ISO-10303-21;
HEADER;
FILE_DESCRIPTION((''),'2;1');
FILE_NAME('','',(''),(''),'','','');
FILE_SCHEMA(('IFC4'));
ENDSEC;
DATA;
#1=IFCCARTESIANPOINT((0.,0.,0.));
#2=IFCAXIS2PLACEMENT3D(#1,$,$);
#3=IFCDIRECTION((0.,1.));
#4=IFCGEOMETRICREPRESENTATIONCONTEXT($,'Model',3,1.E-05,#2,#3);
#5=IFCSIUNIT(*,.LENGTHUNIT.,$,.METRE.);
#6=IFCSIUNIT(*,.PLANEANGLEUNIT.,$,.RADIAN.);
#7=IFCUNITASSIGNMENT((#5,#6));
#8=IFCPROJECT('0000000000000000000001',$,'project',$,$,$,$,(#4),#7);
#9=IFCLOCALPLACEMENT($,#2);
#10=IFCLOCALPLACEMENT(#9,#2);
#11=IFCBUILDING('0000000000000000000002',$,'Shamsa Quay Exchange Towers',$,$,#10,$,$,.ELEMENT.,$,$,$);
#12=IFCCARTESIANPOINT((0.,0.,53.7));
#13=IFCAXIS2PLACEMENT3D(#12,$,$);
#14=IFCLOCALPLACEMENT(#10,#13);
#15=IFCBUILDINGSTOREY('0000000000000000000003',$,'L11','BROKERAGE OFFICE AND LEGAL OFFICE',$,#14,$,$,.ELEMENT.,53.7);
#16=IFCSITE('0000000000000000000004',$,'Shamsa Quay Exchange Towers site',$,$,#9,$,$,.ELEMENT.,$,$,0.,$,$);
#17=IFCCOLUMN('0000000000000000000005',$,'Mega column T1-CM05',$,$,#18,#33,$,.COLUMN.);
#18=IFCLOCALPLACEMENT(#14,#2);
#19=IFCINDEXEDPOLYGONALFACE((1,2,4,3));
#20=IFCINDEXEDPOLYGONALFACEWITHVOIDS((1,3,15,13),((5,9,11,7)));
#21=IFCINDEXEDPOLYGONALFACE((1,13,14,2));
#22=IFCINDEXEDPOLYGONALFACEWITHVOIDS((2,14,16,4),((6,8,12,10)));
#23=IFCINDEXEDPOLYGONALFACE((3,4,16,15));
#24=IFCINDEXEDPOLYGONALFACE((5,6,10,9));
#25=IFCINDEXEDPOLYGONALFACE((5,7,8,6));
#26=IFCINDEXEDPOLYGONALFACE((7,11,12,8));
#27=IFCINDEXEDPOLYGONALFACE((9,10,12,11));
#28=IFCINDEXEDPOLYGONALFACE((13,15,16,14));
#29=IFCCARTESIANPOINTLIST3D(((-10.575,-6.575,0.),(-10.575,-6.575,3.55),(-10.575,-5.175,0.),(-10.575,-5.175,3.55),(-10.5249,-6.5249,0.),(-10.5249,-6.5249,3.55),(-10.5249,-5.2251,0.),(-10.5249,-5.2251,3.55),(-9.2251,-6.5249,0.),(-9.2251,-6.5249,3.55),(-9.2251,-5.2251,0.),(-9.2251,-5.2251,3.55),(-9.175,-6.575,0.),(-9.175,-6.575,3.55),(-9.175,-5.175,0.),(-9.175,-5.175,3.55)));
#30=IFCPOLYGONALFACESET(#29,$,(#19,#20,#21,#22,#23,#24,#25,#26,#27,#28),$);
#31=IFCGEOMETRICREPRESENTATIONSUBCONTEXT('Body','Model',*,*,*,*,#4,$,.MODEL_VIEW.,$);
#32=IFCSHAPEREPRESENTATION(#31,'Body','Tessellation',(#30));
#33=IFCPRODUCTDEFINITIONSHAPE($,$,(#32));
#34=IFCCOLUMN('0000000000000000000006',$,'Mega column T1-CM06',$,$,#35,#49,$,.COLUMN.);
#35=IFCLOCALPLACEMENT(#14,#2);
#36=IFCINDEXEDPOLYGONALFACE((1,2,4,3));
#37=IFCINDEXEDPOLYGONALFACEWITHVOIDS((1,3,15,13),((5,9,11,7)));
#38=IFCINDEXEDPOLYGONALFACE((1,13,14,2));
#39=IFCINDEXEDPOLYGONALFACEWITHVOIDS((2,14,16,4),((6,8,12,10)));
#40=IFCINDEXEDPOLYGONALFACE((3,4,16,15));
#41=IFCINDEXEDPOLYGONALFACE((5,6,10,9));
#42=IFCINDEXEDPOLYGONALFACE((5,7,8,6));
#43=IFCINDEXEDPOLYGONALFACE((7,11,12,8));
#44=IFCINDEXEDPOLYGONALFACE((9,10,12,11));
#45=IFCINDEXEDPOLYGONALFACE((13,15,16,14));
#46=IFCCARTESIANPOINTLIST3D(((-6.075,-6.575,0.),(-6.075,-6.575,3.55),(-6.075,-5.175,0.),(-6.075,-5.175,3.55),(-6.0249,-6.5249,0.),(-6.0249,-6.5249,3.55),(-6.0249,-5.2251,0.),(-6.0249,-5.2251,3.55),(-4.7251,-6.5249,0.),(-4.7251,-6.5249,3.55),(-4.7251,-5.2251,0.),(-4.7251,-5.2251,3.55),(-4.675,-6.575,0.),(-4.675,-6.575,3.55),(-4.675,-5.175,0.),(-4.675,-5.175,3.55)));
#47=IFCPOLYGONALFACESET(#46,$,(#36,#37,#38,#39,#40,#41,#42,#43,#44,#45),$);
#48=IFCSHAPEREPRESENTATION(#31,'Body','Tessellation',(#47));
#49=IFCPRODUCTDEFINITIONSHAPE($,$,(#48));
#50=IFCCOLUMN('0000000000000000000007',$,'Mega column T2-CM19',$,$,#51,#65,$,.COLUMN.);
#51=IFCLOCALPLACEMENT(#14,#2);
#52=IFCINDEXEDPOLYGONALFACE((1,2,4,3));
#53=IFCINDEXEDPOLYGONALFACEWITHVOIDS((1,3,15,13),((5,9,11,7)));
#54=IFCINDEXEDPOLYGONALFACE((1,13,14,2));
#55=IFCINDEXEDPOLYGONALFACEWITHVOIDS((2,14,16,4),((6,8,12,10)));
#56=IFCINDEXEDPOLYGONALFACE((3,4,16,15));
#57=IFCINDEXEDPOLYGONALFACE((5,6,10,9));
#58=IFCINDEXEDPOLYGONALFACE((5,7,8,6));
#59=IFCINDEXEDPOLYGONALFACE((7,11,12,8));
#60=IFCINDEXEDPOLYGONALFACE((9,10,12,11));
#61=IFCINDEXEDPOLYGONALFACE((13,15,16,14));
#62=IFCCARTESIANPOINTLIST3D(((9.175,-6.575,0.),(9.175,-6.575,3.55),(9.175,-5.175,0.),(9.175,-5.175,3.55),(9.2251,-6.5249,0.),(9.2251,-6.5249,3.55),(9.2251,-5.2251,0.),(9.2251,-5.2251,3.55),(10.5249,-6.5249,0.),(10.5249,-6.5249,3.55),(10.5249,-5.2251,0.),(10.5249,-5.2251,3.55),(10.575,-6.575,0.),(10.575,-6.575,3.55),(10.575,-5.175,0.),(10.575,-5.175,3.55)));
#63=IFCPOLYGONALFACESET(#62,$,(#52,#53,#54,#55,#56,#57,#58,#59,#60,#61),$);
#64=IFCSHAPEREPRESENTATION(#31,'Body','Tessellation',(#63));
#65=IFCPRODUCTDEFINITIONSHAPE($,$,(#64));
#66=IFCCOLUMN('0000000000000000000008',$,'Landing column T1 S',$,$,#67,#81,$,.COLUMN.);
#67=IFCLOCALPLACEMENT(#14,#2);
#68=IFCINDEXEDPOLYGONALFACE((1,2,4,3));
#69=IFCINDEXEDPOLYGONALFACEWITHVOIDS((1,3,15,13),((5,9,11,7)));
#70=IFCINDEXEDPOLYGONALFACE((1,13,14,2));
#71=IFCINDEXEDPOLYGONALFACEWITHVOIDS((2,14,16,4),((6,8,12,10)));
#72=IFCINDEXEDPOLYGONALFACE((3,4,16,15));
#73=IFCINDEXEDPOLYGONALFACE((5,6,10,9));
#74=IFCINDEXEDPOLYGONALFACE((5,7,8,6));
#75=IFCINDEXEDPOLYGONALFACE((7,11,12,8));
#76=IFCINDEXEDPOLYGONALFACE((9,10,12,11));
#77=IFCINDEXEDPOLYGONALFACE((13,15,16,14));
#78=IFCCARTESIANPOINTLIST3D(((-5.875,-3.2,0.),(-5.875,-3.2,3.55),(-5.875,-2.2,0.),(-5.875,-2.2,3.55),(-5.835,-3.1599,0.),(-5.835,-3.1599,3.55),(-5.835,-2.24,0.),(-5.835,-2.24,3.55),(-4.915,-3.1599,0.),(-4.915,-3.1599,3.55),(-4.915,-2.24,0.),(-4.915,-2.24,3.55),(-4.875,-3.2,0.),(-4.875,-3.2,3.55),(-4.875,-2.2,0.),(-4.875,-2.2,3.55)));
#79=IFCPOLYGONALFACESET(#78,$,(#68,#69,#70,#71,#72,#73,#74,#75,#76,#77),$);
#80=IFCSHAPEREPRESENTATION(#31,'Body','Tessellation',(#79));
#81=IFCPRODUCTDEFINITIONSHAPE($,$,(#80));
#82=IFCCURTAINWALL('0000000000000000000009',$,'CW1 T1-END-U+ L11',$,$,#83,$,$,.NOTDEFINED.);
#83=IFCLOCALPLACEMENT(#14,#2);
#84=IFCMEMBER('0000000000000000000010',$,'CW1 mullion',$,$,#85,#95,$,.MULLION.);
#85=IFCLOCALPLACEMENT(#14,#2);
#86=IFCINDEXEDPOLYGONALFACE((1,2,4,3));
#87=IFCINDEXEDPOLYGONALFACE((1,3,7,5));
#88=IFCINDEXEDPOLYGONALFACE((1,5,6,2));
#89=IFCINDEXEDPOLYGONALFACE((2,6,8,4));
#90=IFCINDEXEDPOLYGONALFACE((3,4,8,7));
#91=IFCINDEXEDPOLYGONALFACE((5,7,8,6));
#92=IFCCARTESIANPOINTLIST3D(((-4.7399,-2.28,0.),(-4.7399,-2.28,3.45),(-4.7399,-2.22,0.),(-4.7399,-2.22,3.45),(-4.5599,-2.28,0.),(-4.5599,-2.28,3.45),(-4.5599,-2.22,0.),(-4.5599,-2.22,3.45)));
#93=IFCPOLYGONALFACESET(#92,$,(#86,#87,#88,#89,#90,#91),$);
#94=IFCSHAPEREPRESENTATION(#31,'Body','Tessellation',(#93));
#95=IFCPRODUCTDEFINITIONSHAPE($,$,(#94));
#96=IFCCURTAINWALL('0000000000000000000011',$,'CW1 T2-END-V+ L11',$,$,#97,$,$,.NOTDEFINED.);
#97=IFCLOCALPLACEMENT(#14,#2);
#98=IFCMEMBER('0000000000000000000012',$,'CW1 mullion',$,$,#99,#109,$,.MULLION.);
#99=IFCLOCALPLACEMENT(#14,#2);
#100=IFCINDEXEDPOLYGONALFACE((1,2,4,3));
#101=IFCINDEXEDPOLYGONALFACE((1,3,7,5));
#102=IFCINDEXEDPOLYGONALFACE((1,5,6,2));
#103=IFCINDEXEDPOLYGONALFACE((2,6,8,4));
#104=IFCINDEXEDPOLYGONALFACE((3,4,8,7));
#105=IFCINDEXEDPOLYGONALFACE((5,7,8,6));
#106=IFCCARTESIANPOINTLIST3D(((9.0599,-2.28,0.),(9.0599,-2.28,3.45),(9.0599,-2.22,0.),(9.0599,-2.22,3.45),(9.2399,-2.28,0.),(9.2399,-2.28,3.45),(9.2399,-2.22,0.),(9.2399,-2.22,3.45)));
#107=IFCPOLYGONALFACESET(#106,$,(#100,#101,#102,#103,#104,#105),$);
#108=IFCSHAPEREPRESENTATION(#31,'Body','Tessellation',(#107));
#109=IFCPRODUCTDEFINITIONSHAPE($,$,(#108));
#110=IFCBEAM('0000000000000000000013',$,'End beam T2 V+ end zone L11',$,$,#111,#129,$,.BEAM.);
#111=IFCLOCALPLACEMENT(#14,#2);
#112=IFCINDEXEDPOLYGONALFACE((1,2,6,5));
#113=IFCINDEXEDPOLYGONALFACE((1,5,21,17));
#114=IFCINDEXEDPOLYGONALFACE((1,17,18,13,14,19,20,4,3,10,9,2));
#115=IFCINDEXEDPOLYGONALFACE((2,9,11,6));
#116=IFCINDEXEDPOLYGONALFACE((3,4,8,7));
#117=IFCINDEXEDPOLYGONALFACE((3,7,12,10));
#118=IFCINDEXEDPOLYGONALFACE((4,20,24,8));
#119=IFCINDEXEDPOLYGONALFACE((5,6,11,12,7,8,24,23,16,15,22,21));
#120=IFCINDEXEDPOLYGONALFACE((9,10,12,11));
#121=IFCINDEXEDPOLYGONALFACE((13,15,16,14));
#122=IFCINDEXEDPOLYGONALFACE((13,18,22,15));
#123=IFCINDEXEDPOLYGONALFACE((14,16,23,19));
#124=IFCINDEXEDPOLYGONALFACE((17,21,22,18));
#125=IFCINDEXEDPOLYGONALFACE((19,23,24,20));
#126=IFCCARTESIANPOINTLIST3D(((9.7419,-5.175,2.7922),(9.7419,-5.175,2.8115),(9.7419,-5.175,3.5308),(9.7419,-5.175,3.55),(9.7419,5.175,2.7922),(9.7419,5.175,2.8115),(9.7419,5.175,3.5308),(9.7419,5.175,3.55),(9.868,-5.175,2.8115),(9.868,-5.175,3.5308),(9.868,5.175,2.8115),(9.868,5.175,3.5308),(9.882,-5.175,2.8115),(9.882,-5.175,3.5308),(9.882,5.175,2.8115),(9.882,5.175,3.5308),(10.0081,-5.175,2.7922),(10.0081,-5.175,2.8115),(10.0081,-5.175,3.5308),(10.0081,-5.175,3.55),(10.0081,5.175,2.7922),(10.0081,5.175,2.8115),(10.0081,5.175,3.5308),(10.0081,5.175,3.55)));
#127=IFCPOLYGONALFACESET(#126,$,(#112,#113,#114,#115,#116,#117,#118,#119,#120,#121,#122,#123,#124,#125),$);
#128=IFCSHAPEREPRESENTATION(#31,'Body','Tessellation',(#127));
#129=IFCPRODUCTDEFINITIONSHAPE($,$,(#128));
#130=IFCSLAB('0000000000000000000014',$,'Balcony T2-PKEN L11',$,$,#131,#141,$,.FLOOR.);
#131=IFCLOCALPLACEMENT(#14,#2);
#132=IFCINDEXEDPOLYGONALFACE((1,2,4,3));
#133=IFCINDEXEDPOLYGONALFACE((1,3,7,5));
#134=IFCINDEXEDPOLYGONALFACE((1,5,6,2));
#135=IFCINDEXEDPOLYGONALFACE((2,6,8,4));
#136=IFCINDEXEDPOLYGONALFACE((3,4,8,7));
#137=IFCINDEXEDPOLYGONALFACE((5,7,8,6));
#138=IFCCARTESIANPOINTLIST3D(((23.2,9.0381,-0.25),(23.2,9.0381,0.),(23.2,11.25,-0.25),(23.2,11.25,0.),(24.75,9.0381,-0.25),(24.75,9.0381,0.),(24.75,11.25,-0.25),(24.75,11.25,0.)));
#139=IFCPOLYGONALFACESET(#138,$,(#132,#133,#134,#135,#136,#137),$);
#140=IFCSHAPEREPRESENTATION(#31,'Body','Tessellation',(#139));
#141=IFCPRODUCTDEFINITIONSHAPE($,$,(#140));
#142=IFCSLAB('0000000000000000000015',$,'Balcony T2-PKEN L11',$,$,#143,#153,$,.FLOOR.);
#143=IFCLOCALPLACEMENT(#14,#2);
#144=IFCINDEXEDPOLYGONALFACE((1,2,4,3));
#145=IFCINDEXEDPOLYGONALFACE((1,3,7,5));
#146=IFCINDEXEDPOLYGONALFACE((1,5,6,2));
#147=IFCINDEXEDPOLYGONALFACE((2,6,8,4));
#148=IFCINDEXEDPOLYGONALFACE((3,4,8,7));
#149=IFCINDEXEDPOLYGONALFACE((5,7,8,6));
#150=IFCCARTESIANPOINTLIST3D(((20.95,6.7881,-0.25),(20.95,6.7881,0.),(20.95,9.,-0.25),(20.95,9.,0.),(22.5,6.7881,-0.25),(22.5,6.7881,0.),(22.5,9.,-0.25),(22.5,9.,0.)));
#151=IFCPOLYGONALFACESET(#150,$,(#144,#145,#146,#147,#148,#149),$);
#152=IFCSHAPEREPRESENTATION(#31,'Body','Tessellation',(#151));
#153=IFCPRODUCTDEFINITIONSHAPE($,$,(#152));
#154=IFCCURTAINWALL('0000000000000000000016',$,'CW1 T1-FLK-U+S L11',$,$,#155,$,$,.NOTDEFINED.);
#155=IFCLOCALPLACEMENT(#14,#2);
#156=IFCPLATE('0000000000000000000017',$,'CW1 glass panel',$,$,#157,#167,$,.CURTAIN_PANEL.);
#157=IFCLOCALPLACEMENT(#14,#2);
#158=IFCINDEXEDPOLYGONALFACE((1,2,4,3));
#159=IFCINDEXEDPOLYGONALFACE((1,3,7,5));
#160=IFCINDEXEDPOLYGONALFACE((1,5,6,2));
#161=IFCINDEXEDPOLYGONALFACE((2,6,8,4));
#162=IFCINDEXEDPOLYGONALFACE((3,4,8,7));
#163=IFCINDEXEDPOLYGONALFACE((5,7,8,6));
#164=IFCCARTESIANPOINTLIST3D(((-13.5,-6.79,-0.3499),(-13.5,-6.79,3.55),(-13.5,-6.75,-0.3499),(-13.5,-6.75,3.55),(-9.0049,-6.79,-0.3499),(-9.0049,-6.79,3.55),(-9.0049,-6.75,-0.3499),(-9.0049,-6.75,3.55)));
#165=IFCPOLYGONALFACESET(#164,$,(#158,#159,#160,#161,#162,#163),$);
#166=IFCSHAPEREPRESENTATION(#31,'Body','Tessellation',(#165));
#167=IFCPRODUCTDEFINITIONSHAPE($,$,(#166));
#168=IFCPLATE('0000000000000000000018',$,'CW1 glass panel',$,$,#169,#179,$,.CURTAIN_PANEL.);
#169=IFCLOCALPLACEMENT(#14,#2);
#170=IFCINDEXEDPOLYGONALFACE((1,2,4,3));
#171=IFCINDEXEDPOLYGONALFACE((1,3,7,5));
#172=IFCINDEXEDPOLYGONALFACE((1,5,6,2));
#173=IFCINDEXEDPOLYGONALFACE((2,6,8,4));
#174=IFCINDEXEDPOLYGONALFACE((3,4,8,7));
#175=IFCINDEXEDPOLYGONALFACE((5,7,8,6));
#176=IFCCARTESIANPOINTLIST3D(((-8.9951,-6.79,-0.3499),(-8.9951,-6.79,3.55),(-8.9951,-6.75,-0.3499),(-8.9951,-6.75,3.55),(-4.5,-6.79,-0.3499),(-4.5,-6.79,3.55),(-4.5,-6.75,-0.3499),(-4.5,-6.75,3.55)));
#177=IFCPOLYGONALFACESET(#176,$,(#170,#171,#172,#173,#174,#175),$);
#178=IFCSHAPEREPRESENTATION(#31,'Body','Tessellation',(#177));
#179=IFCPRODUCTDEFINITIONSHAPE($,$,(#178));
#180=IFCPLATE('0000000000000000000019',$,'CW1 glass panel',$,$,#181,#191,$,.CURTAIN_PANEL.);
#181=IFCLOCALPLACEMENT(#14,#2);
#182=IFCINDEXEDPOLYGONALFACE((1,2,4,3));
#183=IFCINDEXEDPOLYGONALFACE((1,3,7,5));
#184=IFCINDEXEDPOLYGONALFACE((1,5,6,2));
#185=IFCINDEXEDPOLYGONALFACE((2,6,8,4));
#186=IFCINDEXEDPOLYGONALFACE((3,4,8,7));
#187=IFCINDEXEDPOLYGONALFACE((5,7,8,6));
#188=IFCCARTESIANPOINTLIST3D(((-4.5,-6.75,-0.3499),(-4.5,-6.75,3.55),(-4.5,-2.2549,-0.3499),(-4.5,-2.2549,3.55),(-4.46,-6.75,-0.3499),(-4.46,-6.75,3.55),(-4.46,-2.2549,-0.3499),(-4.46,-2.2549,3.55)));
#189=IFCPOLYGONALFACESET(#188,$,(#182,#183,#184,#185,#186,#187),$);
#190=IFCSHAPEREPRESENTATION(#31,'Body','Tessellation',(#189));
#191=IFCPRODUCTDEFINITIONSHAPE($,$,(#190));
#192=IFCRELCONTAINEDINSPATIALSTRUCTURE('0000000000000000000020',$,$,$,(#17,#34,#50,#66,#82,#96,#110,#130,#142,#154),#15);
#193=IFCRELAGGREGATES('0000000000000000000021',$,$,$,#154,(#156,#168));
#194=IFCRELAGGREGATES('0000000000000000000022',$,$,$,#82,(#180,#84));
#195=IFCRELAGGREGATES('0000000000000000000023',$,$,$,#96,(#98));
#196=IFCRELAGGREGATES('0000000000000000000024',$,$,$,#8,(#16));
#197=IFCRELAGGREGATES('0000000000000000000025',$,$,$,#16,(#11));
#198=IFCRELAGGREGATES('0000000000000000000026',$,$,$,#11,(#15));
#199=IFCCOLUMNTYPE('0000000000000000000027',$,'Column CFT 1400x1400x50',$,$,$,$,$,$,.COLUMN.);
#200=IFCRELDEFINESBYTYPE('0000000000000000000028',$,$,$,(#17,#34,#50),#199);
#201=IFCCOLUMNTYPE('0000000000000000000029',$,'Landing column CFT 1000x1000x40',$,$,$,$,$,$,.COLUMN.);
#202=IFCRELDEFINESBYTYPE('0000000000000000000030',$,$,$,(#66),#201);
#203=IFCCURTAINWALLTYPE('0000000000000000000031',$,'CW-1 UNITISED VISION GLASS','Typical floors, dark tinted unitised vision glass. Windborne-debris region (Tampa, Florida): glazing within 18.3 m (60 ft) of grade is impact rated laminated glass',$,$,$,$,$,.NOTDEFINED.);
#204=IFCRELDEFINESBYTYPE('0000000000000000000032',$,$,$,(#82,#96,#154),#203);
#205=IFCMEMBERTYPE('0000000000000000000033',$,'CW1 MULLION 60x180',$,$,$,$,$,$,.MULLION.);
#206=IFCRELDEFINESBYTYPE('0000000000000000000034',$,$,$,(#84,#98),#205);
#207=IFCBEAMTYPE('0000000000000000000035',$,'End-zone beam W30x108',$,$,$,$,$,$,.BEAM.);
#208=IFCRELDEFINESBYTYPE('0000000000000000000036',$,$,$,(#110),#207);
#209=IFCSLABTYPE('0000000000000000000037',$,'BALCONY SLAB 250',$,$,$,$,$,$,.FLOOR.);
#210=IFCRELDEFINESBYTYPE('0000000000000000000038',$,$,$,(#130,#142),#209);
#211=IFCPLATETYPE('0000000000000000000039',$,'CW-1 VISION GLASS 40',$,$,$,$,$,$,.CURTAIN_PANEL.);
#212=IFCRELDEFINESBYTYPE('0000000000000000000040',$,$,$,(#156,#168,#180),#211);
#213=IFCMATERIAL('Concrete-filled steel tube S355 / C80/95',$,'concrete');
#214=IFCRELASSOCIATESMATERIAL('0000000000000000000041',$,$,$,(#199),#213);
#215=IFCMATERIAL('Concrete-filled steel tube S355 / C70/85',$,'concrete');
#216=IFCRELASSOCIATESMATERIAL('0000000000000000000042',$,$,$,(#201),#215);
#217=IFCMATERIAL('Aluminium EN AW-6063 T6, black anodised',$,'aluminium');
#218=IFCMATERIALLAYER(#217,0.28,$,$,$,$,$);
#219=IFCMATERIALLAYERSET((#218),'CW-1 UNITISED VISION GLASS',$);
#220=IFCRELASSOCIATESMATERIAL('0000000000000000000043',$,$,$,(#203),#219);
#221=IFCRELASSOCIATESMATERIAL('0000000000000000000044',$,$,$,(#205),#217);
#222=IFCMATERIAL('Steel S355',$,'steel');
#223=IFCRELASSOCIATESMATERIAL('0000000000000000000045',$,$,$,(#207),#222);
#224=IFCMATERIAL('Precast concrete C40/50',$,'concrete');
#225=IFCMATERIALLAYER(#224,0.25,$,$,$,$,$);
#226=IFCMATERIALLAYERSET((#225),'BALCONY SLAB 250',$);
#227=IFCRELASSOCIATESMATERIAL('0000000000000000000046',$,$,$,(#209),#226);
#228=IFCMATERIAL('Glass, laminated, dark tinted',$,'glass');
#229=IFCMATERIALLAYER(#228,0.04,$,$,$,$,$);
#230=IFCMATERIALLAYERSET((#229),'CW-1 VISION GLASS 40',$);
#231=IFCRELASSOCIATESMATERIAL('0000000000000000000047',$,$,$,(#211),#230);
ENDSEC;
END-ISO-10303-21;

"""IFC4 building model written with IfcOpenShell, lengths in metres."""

from ifc_helpers import new_model, si_unit, direction, frame, origin, origin_2d, place, context, subcontext, project, spatial, polyline, rectangle, hollow_rectangle, i_section, outline, extrude, material, layer, layer_set, material_profile, profile_set, type_object, element, aggregate, save


model = new_model("IFC4")

# Units and contexts
model_context = context("Model", 3, precision=1e-05, world=origin(), true_north=direction((0.0, 1.0)))
body_context = subcontext(model_context, "Body", "Model", "MODEL_VIEW")
ifc_project = project(units=[si_unit("LENGTHUNIT", "METRE"), si_unit("PLANEANGLEUNIT", "RADIAN")], contexts=[model_context])

# Site, building, storey
site_placement = place(None, origin())
site = spatial("IfcSite", under=ifc_project, at=site_placement, Name="Shamsa Quay Exchange Towers site", CompositionType="ELEMENT", RefElevation=0.0)
building_placement = place(site_placement, origin())
building = spatial("IfcBuilding", under=site, at=building_placement, Name="Shamsa Quay Exchange Towers", CompositionType="ELEMENT")
storey_placement = place(building_placement, frame((0.0, 0.0, 53.7)))
storey = spatial("IfcBuildingStorey", under=building, at=storey_placement, Name="L11", Description="BROKERAGE OFFICE AND LEGAL OFFICE", CompositionType="ELEMENT", Elevation=53.7)

# Columns
ifc_material_1 = material(Name="Concrete-filled steel tube S355 / C80/95", Category="concrete")
ifc_material_profile_1 = material_profile(ifc_material_1, hollow_rectangle(XDim=1.3999, YDim=1.3999, WallThickness=0.05, at=origin_2d()), Name="CFT 1400x1400x50")
ifc_profile_set_1 = profile_set([ifc_material_profile_1], Name="Concrete-filled steel tube S355 / C80/95")
column_type_1 = type_object("IfcColumnType", Name="Column CFT 1400x1400x50", PredefinedType="COLUMN", material=ifc_profile_set_1)
for number, where, name in (
    (1, (-9.875, -5.875, 0.0), "Mega column T1-CM05"),
    (2, (-5.375, -5.875, 0.0), "Mega column T1-CM06"),
    (3, (9.875, -5.875, 0.0), "Mega column T2-CM19"),
):
    element("IfcColumn", number, at=place(storey_placement, frame(where)), inside=storey, type_object=column_type_1, Name=name, PredefinedType="COLUMN", context=body_context, shape_type="SweptSolid", body=[
        extrude(hollow_rectangle(XDim=1.3999, YDim=1.3999, WallThickness=0.05, at=origin_2d()), origin(), (0.0, 0.0, 1.0), 3.55),
    ])
ifc_material_2 = material(Name="Concrete-filled steel tube S355 / C70/85", Category="concrete")
ifc_material_profile_2 = material_profile(ifc_material_2, hollow_rectangle(XDim=1.0, YDim=1.0, WallThickness=0.04, at=origin_2d()), Name="CFT 1000x1000x40")
ifc_profile_set_2 = profile_set([ifc_material_profile_2], Name="Concrete-filled steel tube S355 / C70/85")
column_type_2 = type_object("IfcColumnType", Name="Landing column CFT 1000x1000x40", PredefinedType="COLUMN", material=ifc_profile_set_2)
column_placement = place(storey_placement, frame((-5.375, -2.7, 0.0)))
element("IfcColumn", 4, at=column_placement, inside=storey, type_object=column_type_2, Name="Landing column T1 S", PredefinedType="COLUMN", context=body_context, shape_type="SweptSolid", body=[
    extrude(hollow_rectangle(XDim=1.0, YDim=1.0, WallThickness=0.04, at=origin_2d()), origin(), (0.0, 0.0, 1.0), 3.55),
])

# Curtain walls, members
ifc_material_3 = material(Name="Aluminium EN AW-6063 T6, black anodised", Category="aluminium")
ifc_layer_1 = layer(ifc_material_3, 0.28)
ifc_layer_set_1 = layer_set([ifc_layer_1], Name="CW-1 UNITISED VISION GLASS")
curtain_wall_type_1 = type_object("IfcCurtainWallType", Name="CW-1 UNITISED VISION GLASS", Description="Typical floors, dark tinted unitised vision glass. Windborne-debris region (Tampa, Florida): glazing within 18.3 m (60 ft) of grade is impact rated laminated glass", PredefinedType="NOTDEFINED", material=ifc_layer_set_1)
curtain_wall_1_placement = place(storey_placement, origin())
curtain_wall_1 = element("IfcCurtainWall", 5, at=curtain_wall_1_placement, inside=storey, type_object=curtain_wall_type_1, Name="CW1 T1-END-U+ L11", PredefinedType="NOTDEFINED")
ifc_material_profile_3 = material_profile(ifc_material_3, rectangle(XDim=0.1799, YDim=0.0601, at=origin_2d()), Name="MU60x180")
ifc_profile_set_3 = profile_set([ifc_material_profile_3], Name="Aluminium EN AW-6063 T6, black anodised")
member_type = type_object("IfcMemberType", Name="CW1 MULLION 60x180", PredefinedType="MULLION", material=ifc_profile_set_3)
member_1_placement = place(storey_placement, frame((-4.6499, -2.25, 0.0), z_axis=(0.0, 0.0, 1.0), x_axis=(-1.0, 0.0, 0.0)))
member_1 = element("IfcMember", 6, at=member_1_placement, type_object=member_type, Name="CW1 mullion", PredefinedType="MULLION", context=body_context, shape_type="SweptSolid", body=[
    extrude(rectangle(XDim=0.1799, YDim=0.0601, at=origin_2d()), origin(), (0.0, 0.0, 1.0), 3.45),
])
curtain_wall_2_placement = place(storey_placement, origin())
curtain_wall_2 = element("IfcCurtainWall", 7, at=curtain_wall_2_placement, inside=storey, type_object=curtain_wall_type_1, Name="CW1 T2-END-V+ L11", PredefinedType="NOTDEFINED")
member_2_placement = place(storey_placement, frame((9.1499, -2.25, 0.0)))
member_2 = element("IfcMember", 8, at=member_2_placement, type_object=member_type, Name="CW1 mullion", PredefinedType="MULLION", context=body_context, shape_type="SweptSolid", body=[
    extrude(rectangle(XDim=0.1799, YDim=0.0601, at=origin_2d()), origin(), (0.0, 0.0, 1.0), 3.45),
])

# Beam
ifc_material_4 = material(Name="Steel S355", Category="steel")
ifc_material_profile_4 = material_profile(ifc_material_4, i_section(OverallWidth=0.2661, OverallDepth=0.7578, WebThickness=0.0139, FlangeThickness=0.0193, at=origin_2d()), Name="W30x108")
ifc_profile_set_4 = profile_set([ifc_material_profile_4], Name="Steel S355")
beam_type = type_object("IfcBeamType", Name="End-zone beam W30x108", PredefinedType="BEAM", material=ifc_profile_set_4)
beam_placement = place(storey_placement, frame((9.875, -5.175, 3.1711), z_axis=(0.0, 1.0, 0.0), x_axis=(-1.0, 0.0, 0.0)))
element("IfcBeam", 9, at=beam_placement, inside=storey, type_object=beam_type, Name="End beam T2 V+ end zone L11", PredefinedType="BEAM", context=body_context, shape_type="SweptSolid", body=[
    extrude(i_section(OverallWidth=0.2661, OverallDepth=0.7578, WebThickness=0.0139, FlangeThickness=0.0193, at=origin_2d()), origin(), (0.0, 0.0, 1.0), 10.3501),
])

# Slabs
ifc_material_5 = material(Name="Precast concrete C40/50", Category="concrete")
ifc_layer_2 = layer(ifc_material_5, 0.25)
ifc_layer_set_2 = layer_set([ifc_layer_2], Name="BALCONY SLAB 250")
slab_type_1 = type_object("IfcSlabType", Name="BALCONY SLAB 250", PredefinedType="FLOOR", material=ifc_layer_set_2)
slab_1_placement = place(storey_placement, frame((0.0, 0.0, -0.25)))
element("IfcSlab", 10, at=slab_1_placement, inside=storey, type_object=slab_type_1, Name="Balcony T2-PKEN L11", PredefinedType="FLOOR", context=body_context, shape_type="SweptSolid", body=[
    extrude(outline(polyline([(24.75, 11.25), (24.75, 9.0381), (23.2, 9.0381), (23.2, 11.25), (24.75, 11.25)])), origin(), (0.0, 0.0, 1.0), 0.25),
])
slab_2_placement = place(storey_placement, frame((0.0, 0.0, -0.25)))
element("IfcSlab", 11, at=slab_2_placement, inside=storey, type_object=slab_type_1, Name="Balcony T2-PKEN L11", PredefinedType="FLOOR", context=body_context, shape_type="SweptSolid", body=[
    extrude(outline(polyline([(22.5, 9.0), (22.5, 6.7881), (20.95, 6.7881), (20.95, 9.0), (22.5, 9.0)])), origin(), (0.0, 0.0, 1.0), 0.25),
])

# Curtain wall, plates
curtain_wall_3_placement = place(storey_placement, origin())
curtain_wall_3 = element("IfcCurtainWall", 12, at=curtain_wall_3_placement, inside=storey, type_object=curtain_wall_type_1, Name="CW1 T1-FLK-U+S L11", PredefinedType="NOTDEFINED")
ifc_material_6 = material(Name="Glass, laminated, dark tinted", Category="glass")
ifc_layer_3 = layer(ifc_material_6, 0.04)
ifc_layer_set_3 = layer_set([ifc_layer_3], Name="CW-1 VISION GLASS 40")
plate_type_1 = type_object("IfcPlateType", Name="CW-1 VISION GLASS 40", PredefinedType="CURTAIN_PANEL", material=ifc_layer_set_3)
plate_1_placement = place(storey_placement, frame((-11.2524, -6.77, -0.3499)))
plate_1 = element("IfcPlate", 13, at=plate_1_placement, type_object=plate_type_1, Name="CW1 glass panel", PredefinedType="CURTAIN_PANEL", context=body_context, shape_type="SweptSolid", body=[
    extrude(rectangle(XDim=4.4951, YDim=0.04, at=origin_2d()), origin(), (0.0, 0.0, 1.0), 3.8999),
])
plate_2_placement = place(storey_placement, frame((-6.7476, -6.77, -0.3499)))
plate_2 = element("IfcPlate", 14, at=plate_2_placement, type_object=plate_type_1, Name="CW1 glass panel", PredefinedType="CURTAIN_PANEL", context=body_context, shape_type="SweptSolid", body=[
    extrude(rectangle(XDim=4.4951, YDim=0.04, at=origin_2d()), origin(), (0.0, 0.0, 1.0), 3.8999),
])
aggregate(curtain_wall_3, [plate_1, plate_2])

# Plate
plate_3_placement = place(storey_placement, frame((-4.48, -4.5024, -0.3499), z_axis=(0.0, 0.0, 1.0), x_axis=(0.0, 1.0, 0.0)))
plate_3 = element("IfcPlate", 15, at=plate_3_placement, type_object=plate_type_1, Name="CW1 glass panel", PredefinedType="CURTAIN_PANEL", context=body_context, shape_type="SweptSolid", body=[
    extrude(rectangle(XDim=4.4951, YDim=0.04, at=origin_2d()), origin(), (0.0, 0.0, 1.0), 3.8999),
])
aggregate(curtain_wall_1, [plate_3, member_1])
aggregate(curtain_wall_2, [member_2])

save(model, "model.ifc")
